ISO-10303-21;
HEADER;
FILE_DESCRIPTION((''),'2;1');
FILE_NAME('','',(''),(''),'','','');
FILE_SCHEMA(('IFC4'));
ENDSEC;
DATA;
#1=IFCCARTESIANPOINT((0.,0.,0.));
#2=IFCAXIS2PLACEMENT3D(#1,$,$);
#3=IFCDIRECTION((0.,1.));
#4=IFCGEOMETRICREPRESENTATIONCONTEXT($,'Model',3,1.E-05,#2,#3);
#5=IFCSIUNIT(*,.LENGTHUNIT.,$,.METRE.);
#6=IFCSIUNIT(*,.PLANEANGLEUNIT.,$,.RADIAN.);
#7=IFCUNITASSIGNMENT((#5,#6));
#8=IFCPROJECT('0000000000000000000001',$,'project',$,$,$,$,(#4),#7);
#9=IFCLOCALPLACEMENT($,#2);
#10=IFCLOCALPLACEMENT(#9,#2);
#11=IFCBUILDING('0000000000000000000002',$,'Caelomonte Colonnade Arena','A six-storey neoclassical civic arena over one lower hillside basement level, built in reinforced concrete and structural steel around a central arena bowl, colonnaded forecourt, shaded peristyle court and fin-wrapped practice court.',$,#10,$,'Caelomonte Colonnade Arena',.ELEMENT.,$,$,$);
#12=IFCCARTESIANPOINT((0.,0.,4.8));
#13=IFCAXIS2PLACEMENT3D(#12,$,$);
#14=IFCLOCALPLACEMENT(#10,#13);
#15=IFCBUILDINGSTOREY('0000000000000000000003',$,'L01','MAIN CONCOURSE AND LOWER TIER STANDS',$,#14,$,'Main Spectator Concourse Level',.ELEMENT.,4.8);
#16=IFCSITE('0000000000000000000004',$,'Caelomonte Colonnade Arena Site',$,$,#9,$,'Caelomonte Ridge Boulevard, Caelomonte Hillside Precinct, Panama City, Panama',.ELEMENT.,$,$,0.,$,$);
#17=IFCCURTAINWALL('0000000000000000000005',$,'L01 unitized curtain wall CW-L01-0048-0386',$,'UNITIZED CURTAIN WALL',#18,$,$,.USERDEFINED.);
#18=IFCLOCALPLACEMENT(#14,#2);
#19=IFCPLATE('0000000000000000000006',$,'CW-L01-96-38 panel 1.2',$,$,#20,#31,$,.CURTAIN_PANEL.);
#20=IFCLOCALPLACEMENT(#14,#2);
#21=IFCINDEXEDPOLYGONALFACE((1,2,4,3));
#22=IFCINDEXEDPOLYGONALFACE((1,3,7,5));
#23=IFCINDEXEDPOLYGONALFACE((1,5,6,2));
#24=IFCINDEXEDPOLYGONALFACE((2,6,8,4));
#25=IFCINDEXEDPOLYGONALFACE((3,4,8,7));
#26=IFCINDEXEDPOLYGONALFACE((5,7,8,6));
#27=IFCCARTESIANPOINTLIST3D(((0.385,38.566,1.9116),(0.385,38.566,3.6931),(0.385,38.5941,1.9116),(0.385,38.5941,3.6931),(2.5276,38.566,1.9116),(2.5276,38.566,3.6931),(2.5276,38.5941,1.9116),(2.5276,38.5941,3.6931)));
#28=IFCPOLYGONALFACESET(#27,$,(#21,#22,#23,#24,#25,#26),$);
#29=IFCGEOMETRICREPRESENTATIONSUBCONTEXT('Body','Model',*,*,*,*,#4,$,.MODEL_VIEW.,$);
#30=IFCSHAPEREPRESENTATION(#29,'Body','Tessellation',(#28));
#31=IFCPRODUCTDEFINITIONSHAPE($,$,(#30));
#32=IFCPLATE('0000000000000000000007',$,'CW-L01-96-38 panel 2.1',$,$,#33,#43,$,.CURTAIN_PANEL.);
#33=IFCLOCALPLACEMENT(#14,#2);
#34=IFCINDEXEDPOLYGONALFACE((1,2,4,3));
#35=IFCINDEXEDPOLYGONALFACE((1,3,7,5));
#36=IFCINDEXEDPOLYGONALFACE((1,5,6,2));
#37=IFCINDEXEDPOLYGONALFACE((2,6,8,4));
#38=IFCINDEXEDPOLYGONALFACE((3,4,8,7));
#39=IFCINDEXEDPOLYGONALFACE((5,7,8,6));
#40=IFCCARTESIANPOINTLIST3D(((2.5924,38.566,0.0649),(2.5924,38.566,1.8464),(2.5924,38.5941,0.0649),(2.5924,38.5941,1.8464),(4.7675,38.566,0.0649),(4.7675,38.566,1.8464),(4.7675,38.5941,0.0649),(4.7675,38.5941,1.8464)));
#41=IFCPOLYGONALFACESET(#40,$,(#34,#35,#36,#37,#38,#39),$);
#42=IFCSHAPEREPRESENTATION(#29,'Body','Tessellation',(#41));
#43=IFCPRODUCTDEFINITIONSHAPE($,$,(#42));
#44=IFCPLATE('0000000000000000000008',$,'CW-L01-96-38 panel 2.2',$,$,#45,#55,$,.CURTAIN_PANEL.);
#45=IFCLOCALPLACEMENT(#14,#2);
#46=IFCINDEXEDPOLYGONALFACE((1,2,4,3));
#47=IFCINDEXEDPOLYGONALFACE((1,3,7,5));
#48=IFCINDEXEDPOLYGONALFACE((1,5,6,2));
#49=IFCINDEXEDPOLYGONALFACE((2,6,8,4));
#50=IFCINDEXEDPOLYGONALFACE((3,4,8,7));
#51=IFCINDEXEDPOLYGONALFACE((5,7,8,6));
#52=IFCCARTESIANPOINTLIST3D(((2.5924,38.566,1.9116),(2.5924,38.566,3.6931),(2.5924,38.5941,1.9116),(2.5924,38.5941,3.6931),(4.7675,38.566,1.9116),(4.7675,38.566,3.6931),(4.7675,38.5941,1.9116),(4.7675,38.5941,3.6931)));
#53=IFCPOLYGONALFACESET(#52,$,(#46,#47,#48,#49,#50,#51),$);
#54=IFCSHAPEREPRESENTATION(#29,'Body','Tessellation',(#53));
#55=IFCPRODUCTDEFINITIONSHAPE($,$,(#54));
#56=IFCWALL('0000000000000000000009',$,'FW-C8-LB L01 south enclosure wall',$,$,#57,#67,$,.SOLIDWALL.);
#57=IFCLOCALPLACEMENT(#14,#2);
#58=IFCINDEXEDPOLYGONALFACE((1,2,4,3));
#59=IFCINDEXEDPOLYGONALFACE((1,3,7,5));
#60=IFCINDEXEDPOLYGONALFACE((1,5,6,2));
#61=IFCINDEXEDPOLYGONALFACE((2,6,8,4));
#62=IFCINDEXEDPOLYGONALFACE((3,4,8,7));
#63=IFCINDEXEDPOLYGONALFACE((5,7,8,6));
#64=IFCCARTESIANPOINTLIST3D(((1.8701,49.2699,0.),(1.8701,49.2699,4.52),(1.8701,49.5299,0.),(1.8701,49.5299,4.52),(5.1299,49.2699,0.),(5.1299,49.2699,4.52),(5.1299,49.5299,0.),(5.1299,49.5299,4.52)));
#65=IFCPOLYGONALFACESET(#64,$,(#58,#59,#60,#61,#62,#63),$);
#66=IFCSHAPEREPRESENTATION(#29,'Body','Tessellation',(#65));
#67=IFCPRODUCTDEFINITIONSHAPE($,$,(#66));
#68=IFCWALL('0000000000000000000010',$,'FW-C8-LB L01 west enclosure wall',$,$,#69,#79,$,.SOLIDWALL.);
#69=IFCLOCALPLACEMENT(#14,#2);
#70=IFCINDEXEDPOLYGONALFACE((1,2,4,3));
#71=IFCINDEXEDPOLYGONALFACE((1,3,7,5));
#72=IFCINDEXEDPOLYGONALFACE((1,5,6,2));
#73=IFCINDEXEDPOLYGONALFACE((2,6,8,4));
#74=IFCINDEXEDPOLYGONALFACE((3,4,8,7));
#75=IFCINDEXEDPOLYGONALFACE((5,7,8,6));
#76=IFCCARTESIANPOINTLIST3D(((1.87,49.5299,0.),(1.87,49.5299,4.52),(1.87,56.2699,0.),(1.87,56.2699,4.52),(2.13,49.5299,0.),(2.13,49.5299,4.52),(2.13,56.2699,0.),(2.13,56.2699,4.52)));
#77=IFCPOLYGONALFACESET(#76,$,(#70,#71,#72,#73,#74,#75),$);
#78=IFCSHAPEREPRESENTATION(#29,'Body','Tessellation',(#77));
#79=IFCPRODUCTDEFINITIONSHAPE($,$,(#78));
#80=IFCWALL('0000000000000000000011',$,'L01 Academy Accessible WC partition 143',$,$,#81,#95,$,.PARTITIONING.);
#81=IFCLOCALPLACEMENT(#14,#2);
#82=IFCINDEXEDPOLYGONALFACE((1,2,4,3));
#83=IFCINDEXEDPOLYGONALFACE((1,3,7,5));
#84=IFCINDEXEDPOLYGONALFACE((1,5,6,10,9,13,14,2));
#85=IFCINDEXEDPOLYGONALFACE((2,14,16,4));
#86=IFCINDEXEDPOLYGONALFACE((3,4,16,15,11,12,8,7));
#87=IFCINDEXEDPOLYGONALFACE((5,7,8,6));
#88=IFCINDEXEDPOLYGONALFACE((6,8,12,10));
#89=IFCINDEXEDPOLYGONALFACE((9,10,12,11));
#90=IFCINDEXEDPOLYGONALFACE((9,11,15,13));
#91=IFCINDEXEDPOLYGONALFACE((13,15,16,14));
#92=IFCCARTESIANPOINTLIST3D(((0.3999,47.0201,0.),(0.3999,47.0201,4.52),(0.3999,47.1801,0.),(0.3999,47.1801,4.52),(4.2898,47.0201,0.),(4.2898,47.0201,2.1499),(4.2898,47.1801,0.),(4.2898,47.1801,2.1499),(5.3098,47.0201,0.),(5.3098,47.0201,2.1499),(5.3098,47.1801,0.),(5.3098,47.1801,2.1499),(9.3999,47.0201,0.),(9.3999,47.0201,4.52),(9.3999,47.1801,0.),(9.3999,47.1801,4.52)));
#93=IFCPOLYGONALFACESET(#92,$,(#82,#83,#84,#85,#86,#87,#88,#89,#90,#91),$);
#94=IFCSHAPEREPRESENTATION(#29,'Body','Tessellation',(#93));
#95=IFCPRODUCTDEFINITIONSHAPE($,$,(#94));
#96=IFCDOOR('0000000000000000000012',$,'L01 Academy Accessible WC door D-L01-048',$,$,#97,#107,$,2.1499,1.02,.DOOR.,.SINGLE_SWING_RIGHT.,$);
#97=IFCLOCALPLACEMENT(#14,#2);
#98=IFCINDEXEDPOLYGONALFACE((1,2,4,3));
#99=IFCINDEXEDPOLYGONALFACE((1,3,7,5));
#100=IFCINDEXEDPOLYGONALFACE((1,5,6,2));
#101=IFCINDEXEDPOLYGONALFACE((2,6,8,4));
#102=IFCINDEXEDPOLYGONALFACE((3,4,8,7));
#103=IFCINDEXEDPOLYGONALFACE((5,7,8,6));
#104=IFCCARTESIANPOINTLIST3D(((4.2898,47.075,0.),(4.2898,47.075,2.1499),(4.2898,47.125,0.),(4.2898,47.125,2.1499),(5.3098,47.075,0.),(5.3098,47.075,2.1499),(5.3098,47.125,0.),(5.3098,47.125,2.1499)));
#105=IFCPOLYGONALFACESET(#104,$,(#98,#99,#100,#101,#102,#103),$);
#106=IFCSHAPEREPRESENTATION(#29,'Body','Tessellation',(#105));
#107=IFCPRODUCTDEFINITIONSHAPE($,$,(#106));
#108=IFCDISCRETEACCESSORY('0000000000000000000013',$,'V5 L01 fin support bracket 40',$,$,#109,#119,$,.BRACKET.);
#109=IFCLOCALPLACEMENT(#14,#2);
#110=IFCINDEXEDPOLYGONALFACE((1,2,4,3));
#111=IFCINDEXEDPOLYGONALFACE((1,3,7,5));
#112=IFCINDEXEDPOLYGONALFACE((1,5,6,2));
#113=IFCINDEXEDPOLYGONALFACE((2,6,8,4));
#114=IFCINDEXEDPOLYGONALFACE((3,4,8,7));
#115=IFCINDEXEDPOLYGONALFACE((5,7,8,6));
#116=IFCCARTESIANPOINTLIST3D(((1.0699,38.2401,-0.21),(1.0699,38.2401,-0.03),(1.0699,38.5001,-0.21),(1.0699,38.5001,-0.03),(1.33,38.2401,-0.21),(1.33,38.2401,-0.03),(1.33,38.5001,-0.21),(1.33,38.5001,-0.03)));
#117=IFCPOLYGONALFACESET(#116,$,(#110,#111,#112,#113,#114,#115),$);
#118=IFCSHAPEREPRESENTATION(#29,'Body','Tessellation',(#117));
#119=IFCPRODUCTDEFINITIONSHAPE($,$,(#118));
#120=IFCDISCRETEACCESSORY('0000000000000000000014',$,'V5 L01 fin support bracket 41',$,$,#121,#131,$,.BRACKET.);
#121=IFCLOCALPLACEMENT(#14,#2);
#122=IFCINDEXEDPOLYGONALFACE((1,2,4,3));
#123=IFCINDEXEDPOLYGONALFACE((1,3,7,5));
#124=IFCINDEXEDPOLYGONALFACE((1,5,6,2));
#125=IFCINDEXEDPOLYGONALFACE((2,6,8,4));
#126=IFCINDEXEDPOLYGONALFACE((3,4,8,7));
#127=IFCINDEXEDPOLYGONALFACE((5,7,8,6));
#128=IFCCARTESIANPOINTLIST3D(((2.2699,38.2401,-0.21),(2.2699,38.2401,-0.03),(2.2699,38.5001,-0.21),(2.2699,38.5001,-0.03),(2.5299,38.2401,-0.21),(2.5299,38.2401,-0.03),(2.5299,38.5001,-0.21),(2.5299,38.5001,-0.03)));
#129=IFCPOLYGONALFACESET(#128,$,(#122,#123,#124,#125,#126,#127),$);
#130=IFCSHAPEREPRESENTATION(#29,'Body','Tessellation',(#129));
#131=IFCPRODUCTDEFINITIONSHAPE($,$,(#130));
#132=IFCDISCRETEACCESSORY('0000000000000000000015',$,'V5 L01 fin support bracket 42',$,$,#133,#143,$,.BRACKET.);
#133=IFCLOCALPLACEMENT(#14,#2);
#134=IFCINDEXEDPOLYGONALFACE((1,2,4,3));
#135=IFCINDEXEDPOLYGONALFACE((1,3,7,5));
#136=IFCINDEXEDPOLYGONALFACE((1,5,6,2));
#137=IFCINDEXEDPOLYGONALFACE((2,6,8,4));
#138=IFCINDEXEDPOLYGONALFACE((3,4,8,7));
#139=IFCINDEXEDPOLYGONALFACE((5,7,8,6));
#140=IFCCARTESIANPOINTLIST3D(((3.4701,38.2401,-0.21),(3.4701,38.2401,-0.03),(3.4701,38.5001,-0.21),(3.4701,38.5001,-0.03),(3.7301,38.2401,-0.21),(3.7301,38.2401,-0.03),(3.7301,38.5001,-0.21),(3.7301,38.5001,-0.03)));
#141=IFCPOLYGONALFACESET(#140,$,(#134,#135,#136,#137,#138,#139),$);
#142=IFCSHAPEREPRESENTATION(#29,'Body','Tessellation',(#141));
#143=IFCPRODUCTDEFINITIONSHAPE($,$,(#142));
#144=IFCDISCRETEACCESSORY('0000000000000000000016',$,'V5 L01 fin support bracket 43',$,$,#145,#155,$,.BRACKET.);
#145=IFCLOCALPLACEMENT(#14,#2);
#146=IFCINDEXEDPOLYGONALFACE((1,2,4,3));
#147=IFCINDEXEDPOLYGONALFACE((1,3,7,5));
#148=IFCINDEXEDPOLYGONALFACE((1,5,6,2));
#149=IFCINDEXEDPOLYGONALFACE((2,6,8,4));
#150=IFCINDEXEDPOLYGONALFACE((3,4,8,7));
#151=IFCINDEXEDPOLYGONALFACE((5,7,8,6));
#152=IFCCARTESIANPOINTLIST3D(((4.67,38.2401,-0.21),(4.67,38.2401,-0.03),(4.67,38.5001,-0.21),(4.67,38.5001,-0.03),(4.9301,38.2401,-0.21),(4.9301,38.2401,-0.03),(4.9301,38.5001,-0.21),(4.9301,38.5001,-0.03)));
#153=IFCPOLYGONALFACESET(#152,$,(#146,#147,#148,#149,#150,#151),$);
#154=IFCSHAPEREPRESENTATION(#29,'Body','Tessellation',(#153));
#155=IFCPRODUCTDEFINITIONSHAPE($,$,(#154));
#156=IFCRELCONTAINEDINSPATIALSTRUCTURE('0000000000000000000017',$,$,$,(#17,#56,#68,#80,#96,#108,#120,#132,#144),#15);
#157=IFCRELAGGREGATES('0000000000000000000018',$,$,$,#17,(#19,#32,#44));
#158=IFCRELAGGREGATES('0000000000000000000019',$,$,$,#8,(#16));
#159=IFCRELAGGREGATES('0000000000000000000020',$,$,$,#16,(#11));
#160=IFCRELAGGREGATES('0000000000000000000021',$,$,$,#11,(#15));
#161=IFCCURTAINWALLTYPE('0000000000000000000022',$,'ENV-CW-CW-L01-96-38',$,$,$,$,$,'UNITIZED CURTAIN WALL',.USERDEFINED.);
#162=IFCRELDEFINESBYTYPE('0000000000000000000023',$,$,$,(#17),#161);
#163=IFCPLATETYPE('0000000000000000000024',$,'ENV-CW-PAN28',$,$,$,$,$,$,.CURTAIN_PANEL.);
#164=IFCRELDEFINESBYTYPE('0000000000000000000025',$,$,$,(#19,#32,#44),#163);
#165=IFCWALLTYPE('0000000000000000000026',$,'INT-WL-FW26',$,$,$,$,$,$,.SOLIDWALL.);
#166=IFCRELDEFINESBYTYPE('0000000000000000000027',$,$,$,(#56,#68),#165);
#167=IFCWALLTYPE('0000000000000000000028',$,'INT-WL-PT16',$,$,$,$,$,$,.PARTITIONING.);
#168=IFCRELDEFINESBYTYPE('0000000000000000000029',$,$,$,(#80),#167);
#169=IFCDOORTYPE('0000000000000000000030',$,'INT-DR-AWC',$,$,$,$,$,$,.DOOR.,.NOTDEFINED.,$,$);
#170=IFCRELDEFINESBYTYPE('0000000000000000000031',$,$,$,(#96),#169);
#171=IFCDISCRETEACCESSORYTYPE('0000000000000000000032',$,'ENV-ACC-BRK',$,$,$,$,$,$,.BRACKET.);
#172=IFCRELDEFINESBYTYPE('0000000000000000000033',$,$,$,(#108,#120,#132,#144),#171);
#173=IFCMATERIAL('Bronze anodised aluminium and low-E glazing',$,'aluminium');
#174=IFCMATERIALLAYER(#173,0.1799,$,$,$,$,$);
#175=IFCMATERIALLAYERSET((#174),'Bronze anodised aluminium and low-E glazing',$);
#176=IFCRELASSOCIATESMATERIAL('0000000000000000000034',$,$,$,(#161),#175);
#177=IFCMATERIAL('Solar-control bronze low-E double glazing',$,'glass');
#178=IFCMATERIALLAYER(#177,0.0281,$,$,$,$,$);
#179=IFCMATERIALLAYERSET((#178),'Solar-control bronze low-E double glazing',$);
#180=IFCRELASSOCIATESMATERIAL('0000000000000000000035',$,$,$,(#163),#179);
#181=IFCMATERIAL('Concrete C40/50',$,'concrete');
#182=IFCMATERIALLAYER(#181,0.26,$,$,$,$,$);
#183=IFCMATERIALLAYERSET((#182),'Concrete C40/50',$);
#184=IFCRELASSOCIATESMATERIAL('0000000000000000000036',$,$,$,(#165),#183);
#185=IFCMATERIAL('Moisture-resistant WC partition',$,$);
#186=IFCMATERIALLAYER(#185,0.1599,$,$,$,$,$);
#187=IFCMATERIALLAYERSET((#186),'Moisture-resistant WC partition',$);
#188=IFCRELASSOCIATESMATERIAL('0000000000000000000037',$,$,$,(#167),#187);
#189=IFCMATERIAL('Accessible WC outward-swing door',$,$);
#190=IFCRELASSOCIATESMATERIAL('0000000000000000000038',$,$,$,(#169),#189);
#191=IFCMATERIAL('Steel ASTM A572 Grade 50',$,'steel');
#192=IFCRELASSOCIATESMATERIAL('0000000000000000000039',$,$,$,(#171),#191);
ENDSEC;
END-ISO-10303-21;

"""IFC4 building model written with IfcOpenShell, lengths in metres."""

from ifc_helpers import new_model, si_unit, direction, frame, frame_2d, origin, origin_2d, place, context, subcontext, project, spatial, rectangle, extrude, material, layer, layer_set, type_object, element, fill, aggregate, save


model = new_model("IFC4")

# Units and contexts
model_context = context("Model", 3, precision=1e-05, world=origin(), true_north=direction((0.0, 1.0)))
body_context = subcontext(model_context, "Body", "Model", "MODEL_VIEW")
ifc_project = project(units=[si_unit("LENGTHUNIT", "METRE"), si_unit("PLANEANGLEUNIT", "RADIAN")], contexts=[model_context])

# Site, building, storey
site_placement = place(None, origin())
site = spatial("IfcSite", under=ifc_project, at=site_placement, Name="Caelomonte Colonnade Arena Site", LongName="Caelomonte Ridge Boulevard, Caelomonte Hillside Precinct, Panama City, Panama", CompositionType="ELEMENT", RefElevation=0.0)
building_placement = place(site_placement, origin())
building = spatial("IfcBuilding", under=site, at=building_placement, Name="Caelomonte Colonnade Arena", Description="A six-storey neoclassical civic arena over one lower hillside basement level, built in reinforced concrete and structural steel around a central arena bowl, colonnaded forecourt, shaded peristyle court and fin-wrapped practice court.", LongName="Caelomonte Colonnade Arena", CompositionType="ELEMENT")
storey_placement = place(building_placement, frame((0.0, 0.0, 4.8)))
storey = spatial("IfcBuildingStorey", under=building, at=storey_placement, Name="L01", Description="MAIN CONCOURSE AND LOWER TIER STANDS", LongName="Main Spectator Concourse Level", CompositionType="ELEMENT", Elevation=4.8)

# Shared definitions
ifc_material_1 = material(Name="Bronze anodised aluminium and low-E glazing", Category="aluminium")

# Curtain wall
ifc_layer_1 = layer(ifc_material_1, 0.1799)
ifc_layer_set_1 = layer_set([ifc_layer_1], Name="Bronze anodised aluminium and low-E glazing")
curtain_wall_type_1 = type_object("IfcCurtainWallType", Name="ENV-CW-CW-L01-96-38", ElementType="UNITIZED CURTAIN WALL", PredefinedType="USERDEFINED", material=ifc_layer_set_1)
curtain_wall_1_placement = place(storey_placement, origin())
curtain_wall_1 = element("IfcCurtainWall", 1, at=curtain_wall_1_placement, inside=storey, type_object=curtain_wall_type_1, Name="L01 unitized curtain wall CW-L01-0048-0386", ObjectType="UNITIZED CURTAIN WALL", PredefinedType="USERDEFINED")

# Plates
ifc_material_2 = material(Name="Solar-control bronze low-E double glazing", Category="glass")
ifc_layer_2 = layer(ifc_material_2, 0.0281)
ifc_layer_set_2 = layer_set([ifc_layer_2], Name="Solar-control bronze low-E double glazing")
plate_type = type_object("IfcPlateType", Name="ENV-CW-PAN28", PredefinedType="CURTAIN_PANEL", material=ifc_layer_set_2)
plate_1_placement = place(storey_placement, frame((1.4563, 38.5801, 1.9116), z_axis=(0.0, 0.0, 1.0), x_axis=(1.0, 0.0, 0.0)))
plate_1 = element("IfcPlate", 2, at=plate_1_placement, type_object=plate_type, Name="CW-L01-96-38 panel 1.2", PredefinedType="CURTAIN_PANEL", context=body_context, shape_type="SweptSolid", body=[
    extrude(rectangle(XDim=2.1426, YDim=0.0281, at=origin_2d()), origin(), (0.0, 0.0, 1.0), 1.7815),
])
plate_2_placement = place(storey_placement, frame((3.6799, 38.5801, 0.0649), z_axis=(0.0, 0.0, 1.0), x_axis=(1.0, 0.0, 0.0)))
plate_2 = element("IfcPlate", 3, at=plate_2_placement, type_object=plate_type, Name="CW-L01-96-38 panel 2.1", PredefinedType="CURTAIN_PANEL", context=body_context, shape_type="SweptSolid", body=[
    extrude(rectangle(XDim=2.175, YDim=0.0281, at=origin_2d()), origin(), (0.0, 0.0, 1.0), 1.7815),
])
plate_3_placement = place(storey_placement, frame((3.6799, 38.5801, 1.9116), z_axis=(0.0, 0.0, 1.0), x_axis=(1.0, 0.0, 0.0)))
plate_3 = element("IfcPlate", 4, at=plate_3_placement, type_object=plate_type, Name="CW-L01-96-38 panel 2.2", PredefinedType="CURTAIN_PANEL", context=body_context, shape_type="SweptSolid", body=[
    extrude(rectangle(XDim=2.175, YDim=0.0281, at=origin_2d()), origin(), (0.0, 0.0, 1.0), 1.7815),
])
aggregate(curtain_wall_1, [plate_1, plate_2, plate_3])

# Walls
ifc_material_3 = material(Name="Concrete C40/50", Category="concrete")
ifc_layer_3 = layer(ifc_material_3, 0.26)
ifc_layer_set_3 = layer_set([ifc_layer_3], Name="Concrete C40/50")
wall_type_1 = type_object("IfcWallType", Name="INT-WL-FW26", PredefinedType="SOLIDWALL", material=ifc_layer_set_3)
wall_1_placement = place(storey_placement, frame((1.8701, 49.3999, 0.0), z_axis=(0.0, 0.0, 1.0), x_axis=(1.0, 0.0, 0.0)))
element("IfcWall", 5, at=wall_1_placement, inside=storey, type_object=wall_type_1, Name="FW-C8-LB L01 south enclosure wall", PredefinedType="SOLIDWALL", context=body_context, shape_type="SweptSolid", body=[
    extrude(rectangle(XDim=3.2598, YDim=0.26, at=frame_2d((1.6299, 0.0))), origin(), (0.0, 0.0, 1.0), 4.52),
])
wall_2_placement = place(storey_placement, frame((2.0, 56.27, 0.0), z_axis=(0.0, 0.0, 1.0), x_axis=(0.0, -1.0, 0.0)))
element("IfcWall", 6, at=wall_2_placement, inside=storey, type_object=wall_type_1, Name="FW-C8-LB L01 west enclosure wall", PredefinedType="SOLIDWALL", context=body_context, shape_type="SweptSolid", body=[
    extrude(rectangle(XDim=6.74, YDim=0.26, at=frame_2d((3.3701, 0.0))), origin(), (0.0, 0.0, 1.0), 4.52),
])

# Wall, opening, door
ifc_material_4 = material(Name="Moisture-resistant WC partition")
ifc_layer_4 = layer(ifc_material_4, 0.1599)
ifc_layer_set_4 = layer_set([ifc_layer_4], Name="Moisture-resistant WC partition")
wall_type_2 = type_object("IfcWallType", Name="INT-WL-PT16", PredefinedType="PARTITIONING", material=ifc_layer_set_4)
wall_3_placement = place(storey_placement, frame((0.3999, 47.1001, 0.0), z_axis=(0.0, 0.0, 1.0), x_axis=(1.0, 0.0, 0.0)))
wall_3 = element("IfcWall", 7, at=wall_3_placement, inside=storey, type_object=wall_type_2, Name="L01 Academy Accessible WC partition 143", PredefinedType="PARTITIONING", context=body_context, shape_type="SweptSolid", body=[
    extrude(rectangle(XDim=9.0, YDim=0.1599, at=frame_2d((4.5, 0.0))), origin(), (0.0, 0.0, 1.0), 4.52),
])
opening_placement = place(wall_3_placement, frame((3.8899, 0.0, 0.0), z_axis=(0.0, 0.0, 1.0), x_axis=(1.0, 0.0, 0.0)))
opening = element("IfcOpeningElement", 8, at=opening_placement, cuts=wall_3, PredefinedType="OPENING", context=body_context, shape_type="SweptSolid", body=[
    extrude(rectangle(XDim=1.02, YDim=2.1499, at=frame_2d((0.51, 1.075))), frame((0.0, 0.0898, 0.0), z_axis=(0.0, -1.0, 0.0), x_axis=(1.0, 0.0, 0.0)), (0.0, 0.0, 1.0), 0.1799),
])
ifc_material_5 = material(Name="Accessible WC outward-swing door")
door_type = type_object("IfcDoorType", Name="INT-DR-AWC", OperationType="NOTDEFINED", PredefinedType="DOOR", material=ifc_material_5)
door_placement = place(opening_placement, origin())
door = element("IfcDoor", 9, at=door_placement, inside=storey, type_object=door_type, Name="L01 Academy Accessible WC door D-L01-048", OperationType="SINGLE_SWING_RIGHT", OverallHeight=2.1499, OverallWidth=1.02, PredefinedType="DOOR", context=body_context, shape_type="SweptSolid", body=[
    extrude(rectangle(XDim=1.02, YDim=2.1499, at=frame_2d((0.51, 1.075))), frame((0.0, 0.0249, 0.0), z_axis=(0.0, -1.0, 0.0), x_axis=(1.0, 0.0, 0.0)), (0.0, 0.0, 1.0), 0.05),
])
fill(opening, door)

# Discrete accessories
ifc_material_6 = material(Name="Steel ASTM A572 Grade 50", Category="steel")
discrete_accessory_type = type_object("IfcDiscreteAccessoryType", Name="ENV-ACC-BRK", PredefinedType="BRACKET", material=ifc_material_6)
for number, where, z_axis, x_axis, name in (
    (10, (1.2, 38.3701, -0.21), (0.0, 0.0, 1.0), (1.0, 0.0, 0.0), "V5 L01 fin support bracket 40"),
    (11, (2.3999, 38.3701, -0.21), (0.0, 0.0, 1.0), (1.0, 0.0, 0.0), "V5 L01 fin support bracket 41"),
    (12, (3.6001, 38.3701, -0.21), (0.0, 0.0, 1.0), (1.0, 0.0, 0.0), "V5 L01 fin support bracket 42"),
    (13, (4.8, 38.3701, -0.21), (0.0, 0.0, 1.0), (1.0, 0.0, 0.0), "V5 L01 fin support bracket 43"),
):
    element("IfcDiscreteAccessory", number, at=place(storey_placement, frame(where, z_axis=z_axis, x_axis=x_axis)), inside=storey, type_object=discrete_accessory_type, Name=name, PredefinedType="BRACKET", context=body_context, shape_type="SweptSolid", body=[
        extrude(rectangle(XDim=0.26, YDim=0.26, at=origin_2d()), origin(), (0.0, 0.0, 1.0), 0.1799),
    ])

save(model, "model.ifc")
